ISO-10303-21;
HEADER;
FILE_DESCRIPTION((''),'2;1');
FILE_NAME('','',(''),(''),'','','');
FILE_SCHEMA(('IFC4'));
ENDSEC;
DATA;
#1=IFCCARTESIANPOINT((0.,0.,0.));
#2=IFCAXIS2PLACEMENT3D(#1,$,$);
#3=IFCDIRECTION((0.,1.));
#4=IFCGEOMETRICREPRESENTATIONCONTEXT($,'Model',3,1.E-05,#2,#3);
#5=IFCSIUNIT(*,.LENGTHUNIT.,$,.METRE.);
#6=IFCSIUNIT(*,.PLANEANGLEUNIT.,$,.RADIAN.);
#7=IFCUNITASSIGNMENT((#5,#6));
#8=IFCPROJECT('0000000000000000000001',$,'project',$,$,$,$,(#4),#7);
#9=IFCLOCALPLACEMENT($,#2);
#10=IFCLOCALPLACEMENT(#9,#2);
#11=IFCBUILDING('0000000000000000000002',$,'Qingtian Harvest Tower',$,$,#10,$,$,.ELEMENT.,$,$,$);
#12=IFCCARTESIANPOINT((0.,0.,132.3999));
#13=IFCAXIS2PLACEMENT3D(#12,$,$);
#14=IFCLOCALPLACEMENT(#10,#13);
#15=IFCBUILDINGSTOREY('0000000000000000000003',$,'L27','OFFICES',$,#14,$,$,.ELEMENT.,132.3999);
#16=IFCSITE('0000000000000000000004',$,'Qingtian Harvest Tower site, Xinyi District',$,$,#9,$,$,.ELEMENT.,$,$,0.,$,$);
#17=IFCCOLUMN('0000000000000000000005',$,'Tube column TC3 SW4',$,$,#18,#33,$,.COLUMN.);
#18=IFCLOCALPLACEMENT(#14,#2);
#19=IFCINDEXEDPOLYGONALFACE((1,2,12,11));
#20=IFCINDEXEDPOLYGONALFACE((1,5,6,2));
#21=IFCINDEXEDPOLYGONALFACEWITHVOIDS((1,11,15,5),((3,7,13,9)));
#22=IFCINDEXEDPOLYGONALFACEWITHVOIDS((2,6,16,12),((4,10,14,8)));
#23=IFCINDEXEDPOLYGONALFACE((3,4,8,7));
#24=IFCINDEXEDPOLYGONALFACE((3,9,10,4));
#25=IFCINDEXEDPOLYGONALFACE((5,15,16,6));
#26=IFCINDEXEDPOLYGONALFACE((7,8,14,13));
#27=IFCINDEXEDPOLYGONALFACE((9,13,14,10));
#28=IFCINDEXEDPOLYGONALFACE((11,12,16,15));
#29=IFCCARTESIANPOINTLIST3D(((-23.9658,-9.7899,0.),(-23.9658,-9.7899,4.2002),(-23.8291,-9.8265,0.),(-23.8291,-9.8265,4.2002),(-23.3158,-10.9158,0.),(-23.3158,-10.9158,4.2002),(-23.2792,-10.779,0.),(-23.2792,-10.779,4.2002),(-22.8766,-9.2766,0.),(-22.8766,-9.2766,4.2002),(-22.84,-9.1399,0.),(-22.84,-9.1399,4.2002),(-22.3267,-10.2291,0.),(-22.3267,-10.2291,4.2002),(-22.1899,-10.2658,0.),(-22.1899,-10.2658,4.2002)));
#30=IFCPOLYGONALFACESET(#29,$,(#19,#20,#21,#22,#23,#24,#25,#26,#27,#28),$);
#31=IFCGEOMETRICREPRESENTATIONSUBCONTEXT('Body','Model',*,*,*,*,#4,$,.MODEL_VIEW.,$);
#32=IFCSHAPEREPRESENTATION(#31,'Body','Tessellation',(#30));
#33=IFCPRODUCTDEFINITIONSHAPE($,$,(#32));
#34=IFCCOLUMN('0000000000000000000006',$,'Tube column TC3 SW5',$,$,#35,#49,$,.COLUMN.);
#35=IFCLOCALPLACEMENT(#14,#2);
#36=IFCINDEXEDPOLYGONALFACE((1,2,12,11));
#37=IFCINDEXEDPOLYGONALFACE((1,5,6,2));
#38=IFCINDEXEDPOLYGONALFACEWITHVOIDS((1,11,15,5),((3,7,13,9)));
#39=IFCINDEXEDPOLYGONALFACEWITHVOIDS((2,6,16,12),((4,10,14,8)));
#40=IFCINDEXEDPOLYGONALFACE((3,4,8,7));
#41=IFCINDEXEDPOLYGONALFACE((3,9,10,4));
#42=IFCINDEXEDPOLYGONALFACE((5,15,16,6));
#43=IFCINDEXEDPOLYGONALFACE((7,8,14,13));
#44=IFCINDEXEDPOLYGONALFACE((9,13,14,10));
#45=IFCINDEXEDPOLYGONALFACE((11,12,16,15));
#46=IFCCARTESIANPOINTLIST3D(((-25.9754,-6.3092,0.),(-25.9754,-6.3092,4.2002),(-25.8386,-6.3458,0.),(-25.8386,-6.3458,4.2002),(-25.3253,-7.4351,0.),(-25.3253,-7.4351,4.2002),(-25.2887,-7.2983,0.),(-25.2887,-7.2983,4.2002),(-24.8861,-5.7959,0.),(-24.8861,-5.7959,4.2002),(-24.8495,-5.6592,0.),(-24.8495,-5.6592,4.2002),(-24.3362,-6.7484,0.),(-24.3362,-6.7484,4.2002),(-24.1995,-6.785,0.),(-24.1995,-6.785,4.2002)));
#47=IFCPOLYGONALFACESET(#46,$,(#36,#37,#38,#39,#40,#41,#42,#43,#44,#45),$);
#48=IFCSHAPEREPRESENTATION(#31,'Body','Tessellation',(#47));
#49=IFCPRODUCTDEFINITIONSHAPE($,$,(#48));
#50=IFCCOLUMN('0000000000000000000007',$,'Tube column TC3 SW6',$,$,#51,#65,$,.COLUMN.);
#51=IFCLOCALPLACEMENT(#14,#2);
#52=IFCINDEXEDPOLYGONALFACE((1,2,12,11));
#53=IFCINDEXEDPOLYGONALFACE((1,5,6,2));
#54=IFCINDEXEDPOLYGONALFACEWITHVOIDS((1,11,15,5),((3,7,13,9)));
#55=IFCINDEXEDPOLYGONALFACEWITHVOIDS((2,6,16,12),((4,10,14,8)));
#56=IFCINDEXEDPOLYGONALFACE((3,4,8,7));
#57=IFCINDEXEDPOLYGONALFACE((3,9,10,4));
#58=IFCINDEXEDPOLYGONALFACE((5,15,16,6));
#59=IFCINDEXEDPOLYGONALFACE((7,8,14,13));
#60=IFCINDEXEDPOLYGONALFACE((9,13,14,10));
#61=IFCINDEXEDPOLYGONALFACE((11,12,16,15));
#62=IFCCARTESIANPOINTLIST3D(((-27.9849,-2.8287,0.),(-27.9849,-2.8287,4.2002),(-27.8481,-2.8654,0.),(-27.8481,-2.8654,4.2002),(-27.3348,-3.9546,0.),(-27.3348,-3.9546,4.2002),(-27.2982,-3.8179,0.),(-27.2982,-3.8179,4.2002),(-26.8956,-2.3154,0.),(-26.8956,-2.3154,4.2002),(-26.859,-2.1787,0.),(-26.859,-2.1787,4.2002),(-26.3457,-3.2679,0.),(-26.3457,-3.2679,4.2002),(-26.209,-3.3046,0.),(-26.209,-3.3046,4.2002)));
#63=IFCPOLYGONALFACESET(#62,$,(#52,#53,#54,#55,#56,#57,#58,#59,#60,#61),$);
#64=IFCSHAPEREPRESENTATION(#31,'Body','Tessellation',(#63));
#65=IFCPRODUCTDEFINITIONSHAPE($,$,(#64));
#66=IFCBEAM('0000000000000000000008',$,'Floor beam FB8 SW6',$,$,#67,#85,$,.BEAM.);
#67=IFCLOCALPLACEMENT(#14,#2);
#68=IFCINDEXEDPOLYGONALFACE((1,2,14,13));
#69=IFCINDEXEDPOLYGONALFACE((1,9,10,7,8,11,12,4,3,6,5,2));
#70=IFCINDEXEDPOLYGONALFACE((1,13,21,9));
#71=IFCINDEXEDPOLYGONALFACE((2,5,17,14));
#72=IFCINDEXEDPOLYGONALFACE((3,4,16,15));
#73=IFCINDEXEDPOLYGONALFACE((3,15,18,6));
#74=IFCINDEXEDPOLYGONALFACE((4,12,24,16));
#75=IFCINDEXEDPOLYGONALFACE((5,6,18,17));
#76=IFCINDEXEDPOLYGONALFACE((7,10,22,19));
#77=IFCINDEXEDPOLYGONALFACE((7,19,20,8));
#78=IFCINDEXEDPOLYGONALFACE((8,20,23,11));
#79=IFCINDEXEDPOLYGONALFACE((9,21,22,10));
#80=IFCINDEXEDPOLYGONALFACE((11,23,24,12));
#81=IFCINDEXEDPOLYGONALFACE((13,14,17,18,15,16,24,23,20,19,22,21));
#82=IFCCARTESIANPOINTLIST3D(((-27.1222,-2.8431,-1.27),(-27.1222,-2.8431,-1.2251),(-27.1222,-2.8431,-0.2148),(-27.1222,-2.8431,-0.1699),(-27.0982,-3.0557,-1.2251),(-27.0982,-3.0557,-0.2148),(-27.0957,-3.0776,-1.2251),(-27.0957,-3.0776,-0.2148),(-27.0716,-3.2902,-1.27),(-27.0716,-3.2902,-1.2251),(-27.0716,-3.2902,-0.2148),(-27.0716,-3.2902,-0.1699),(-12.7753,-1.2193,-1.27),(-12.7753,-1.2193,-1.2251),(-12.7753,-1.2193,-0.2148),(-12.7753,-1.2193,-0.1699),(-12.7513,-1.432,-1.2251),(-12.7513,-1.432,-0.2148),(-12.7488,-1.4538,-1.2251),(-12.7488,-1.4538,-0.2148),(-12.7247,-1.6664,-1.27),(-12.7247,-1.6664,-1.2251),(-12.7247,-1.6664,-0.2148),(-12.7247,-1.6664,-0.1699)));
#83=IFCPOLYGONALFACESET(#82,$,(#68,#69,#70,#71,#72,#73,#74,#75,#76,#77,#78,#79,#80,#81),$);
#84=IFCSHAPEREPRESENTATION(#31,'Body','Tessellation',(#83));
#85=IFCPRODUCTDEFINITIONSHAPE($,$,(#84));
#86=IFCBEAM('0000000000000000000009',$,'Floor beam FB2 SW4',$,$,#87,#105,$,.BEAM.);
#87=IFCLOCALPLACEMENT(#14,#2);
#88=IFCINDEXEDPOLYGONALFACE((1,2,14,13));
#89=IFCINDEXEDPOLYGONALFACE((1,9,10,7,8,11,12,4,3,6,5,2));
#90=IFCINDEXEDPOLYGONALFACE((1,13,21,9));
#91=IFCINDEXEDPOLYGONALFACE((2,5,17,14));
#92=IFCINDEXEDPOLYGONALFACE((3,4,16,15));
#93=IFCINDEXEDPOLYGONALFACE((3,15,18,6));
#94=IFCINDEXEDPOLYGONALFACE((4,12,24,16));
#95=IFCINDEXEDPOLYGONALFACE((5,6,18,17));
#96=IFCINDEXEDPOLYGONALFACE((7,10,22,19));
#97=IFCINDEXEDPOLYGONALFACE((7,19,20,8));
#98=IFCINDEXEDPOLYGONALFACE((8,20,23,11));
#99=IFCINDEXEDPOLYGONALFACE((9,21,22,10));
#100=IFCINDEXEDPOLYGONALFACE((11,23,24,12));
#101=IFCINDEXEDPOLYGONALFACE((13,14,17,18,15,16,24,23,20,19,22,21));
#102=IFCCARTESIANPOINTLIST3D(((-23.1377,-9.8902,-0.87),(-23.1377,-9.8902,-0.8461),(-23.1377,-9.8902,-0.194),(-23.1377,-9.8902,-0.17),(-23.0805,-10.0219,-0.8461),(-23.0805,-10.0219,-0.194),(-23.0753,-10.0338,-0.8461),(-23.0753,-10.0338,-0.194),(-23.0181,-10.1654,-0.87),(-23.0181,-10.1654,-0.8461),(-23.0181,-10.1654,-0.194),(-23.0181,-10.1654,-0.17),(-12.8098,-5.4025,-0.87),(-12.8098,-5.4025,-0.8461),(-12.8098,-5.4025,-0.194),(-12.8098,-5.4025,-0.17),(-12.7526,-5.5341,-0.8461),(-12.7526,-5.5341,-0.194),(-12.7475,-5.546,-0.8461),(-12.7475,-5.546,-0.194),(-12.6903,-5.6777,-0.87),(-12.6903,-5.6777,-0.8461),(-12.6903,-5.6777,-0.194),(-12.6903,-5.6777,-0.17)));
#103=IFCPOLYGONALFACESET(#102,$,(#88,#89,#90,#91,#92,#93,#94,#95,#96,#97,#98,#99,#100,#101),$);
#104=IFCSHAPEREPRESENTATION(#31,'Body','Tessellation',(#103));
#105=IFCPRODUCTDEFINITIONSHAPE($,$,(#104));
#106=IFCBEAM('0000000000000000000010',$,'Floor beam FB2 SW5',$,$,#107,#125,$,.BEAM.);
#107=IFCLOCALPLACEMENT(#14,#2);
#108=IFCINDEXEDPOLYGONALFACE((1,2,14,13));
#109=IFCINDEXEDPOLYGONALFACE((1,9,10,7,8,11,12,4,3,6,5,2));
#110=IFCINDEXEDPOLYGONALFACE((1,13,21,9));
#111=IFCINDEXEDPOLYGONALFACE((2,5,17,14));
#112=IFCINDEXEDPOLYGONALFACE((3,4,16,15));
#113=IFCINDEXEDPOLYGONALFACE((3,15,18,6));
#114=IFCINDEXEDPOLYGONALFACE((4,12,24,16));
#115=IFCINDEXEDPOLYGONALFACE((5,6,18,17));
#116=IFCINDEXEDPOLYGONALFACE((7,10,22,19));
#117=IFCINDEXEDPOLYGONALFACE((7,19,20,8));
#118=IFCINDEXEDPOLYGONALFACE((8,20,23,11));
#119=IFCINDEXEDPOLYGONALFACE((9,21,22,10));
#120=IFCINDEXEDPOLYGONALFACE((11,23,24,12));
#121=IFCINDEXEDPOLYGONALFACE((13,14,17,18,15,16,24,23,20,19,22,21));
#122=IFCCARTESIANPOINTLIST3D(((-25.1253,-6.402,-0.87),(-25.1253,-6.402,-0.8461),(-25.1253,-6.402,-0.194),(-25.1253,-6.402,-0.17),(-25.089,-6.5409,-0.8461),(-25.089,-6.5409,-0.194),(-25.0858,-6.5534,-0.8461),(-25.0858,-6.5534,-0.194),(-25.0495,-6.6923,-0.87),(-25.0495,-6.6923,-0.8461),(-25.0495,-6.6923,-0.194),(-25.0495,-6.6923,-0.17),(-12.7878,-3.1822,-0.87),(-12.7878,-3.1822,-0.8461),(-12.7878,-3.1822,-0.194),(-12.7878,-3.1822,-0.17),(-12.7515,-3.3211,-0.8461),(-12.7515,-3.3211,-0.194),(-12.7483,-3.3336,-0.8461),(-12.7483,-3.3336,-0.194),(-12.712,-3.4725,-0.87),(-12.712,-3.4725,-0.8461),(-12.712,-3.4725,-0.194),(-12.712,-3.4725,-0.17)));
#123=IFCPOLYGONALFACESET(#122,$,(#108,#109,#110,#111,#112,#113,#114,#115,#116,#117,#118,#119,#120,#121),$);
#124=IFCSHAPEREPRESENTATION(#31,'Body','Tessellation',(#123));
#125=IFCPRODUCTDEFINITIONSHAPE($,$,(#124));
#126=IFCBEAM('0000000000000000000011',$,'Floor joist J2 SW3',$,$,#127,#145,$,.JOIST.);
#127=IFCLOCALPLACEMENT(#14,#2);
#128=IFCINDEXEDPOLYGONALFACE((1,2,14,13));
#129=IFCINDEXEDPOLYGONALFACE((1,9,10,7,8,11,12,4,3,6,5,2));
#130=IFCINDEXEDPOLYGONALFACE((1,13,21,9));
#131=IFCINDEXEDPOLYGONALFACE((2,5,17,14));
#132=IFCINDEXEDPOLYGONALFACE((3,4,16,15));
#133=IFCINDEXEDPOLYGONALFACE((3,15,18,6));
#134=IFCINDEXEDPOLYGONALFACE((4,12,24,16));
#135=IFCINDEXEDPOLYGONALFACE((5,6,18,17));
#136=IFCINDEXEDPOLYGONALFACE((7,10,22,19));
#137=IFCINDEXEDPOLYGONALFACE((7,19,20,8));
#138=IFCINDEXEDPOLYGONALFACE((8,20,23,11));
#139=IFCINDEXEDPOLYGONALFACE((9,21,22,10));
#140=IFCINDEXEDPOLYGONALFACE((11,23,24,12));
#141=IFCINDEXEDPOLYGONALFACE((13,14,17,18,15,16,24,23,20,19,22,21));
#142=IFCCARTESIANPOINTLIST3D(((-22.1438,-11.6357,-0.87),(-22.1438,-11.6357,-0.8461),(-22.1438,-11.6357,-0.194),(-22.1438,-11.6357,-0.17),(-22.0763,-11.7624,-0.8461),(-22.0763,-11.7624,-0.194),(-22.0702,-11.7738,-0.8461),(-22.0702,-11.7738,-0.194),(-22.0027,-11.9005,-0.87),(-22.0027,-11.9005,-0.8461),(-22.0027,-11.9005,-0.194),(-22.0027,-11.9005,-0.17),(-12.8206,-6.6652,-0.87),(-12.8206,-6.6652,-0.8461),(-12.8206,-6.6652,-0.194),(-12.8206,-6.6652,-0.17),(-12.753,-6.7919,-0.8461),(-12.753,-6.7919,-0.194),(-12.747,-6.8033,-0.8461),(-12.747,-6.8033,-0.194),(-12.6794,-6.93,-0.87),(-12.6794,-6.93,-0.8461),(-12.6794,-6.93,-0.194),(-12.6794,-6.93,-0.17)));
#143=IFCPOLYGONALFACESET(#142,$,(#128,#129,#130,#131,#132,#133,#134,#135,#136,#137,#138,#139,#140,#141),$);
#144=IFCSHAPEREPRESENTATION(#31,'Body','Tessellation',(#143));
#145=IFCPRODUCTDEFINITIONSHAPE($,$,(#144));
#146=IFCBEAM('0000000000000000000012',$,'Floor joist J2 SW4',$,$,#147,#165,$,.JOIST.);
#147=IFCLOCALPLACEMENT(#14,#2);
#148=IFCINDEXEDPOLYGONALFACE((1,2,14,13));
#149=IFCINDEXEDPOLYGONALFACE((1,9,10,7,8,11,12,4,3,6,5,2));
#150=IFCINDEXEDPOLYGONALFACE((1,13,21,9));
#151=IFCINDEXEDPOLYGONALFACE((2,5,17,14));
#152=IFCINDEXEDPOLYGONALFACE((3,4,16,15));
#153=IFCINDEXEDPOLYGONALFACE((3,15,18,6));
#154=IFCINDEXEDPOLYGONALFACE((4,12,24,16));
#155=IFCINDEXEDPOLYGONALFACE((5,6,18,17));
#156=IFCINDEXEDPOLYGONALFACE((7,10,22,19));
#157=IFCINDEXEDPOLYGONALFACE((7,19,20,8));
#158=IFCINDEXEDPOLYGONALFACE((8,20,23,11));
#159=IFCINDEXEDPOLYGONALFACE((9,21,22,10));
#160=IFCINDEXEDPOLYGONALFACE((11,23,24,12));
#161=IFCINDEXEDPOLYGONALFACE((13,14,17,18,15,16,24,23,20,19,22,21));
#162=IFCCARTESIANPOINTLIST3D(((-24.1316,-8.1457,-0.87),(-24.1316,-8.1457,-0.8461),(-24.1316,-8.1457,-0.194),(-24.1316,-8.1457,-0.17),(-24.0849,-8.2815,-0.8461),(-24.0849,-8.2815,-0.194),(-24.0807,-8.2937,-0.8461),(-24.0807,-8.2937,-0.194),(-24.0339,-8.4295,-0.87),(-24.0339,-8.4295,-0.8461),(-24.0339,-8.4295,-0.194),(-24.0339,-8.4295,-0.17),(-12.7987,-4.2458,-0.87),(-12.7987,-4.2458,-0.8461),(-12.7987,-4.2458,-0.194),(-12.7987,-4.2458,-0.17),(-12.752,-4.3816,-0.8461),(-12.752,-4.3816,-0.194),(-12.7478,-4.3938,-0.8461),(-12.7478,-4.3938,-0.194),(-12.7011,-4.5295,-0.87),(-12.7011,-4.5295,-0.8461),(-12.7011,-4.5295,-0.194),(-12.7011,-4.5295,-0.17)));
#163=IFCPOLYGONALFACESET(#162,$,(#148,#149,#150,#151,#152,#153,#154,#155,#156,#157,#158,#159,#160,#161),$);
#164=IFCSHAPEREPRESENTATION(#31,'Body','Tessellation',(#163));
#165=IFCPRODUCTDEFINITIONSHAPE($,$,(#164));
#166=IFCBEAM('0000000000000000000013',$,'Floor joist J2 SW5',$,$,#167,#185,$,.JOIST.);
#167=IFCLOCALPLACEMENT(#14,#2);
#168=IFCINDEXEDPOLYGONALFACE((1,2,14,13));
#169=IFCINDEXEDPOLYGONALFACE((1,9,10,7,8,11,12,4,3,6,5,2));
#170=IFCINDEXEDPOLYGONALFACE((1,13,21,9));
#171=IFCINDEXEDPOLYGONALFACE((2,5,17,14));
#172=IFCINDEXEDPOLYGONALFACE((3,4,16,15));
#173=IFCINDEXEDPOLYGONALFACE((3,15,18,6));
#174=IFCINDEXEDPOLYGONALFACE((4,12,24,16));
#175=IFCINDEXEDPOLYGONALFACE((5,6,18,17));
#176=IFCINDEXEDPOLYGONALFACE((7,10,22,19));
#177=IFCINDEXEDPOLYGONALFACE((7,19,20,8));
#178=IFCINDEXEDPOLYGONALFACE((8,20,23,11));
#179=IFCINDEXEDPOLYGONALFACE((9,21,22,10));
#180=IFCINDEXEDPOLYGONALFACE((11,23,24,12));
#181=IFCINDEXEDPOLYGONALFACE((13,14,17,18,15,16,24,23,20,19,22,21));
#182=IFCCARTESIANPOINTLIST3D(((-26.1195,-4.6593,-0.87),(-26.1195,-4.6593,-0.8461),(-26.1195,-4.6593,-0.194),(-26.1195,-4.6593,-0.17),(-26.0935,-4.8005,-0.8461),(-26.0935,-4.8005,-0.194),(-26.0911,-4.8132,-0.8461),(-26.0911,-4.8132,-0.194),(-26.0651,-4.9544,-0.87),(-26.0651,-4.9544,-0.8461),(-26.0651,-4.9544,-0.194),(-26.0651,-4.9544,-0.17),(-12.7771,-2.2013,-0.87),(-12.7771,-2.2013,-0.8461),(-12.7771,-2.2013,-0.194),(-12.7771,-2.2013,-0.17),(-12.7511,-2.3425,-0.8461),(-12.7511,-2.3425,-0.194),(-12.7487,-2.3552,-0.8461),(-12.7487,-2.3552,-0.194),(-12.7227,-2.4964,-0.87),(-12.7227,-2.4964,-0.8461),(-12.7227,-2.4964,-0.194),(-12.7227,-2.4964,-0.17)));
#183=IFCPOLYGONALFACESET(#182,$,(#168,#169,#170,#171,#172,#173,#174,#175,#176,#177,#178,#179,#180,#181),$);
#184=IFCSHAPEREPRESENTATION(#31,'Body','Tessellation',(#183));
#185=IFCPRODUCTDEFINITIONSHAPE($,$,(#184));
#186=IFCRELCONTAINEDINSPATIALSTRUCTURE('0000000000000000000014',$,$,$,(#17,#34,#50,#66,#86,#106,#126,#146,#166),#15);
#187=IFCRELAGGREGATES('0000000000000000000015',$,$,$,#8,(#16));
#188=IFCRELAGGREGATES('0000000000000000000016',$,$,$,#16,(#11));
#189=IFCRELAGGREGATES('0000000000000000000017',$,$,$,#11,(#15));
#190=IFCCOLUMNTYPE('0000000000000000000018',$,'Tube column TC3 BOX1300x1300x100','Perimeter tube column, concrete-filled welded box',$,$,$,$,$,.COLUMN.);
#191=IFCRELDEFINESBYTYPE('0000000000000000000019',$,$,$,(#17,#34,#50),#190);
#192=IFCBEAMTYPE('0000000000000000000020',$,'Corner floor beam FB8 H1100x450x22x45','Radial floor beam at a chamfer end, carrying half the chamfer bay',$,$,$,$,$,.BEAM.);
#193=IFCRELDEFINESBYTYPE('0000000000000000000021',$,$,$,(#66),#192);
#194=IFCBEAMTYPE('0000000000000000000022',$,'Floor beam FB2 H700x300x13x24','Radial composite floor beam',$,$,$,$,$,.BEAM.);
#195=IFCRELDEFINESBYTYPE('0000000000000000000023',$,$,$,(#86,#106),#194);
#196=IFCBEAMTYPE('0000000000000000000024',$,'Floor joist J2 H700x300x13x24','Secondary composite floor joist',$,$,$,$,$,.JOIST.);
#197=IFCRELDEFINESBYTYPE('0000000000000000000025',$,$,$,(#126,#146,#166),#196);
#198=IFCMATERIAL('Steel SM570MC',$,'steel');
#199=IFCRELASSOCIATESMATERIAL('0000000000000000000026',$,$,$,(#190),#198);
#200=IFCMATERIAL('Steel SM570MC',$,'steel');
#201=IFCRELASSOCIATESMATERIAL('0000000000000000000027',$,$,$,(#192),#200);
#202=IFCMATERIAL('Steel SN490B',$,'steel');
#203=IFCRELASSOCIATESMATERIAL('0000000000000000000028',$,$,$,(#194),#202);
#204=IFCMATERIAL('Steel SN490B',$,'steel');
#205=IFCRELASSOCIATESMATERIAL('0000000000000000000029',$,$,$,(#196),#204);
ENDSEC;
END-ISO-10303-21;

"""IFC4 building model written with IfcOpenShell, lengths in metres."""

from ifc_helpers import new_model, si_unit, direction, frame, origin, origin_2d, place, context, subcontext, project, spatial, hollow_rectangle, i_section, extrude, material, material_profile, profile_set, type_object, element, save


model = new_model("IFC4")

# Units and contexts
model_context = context("Model", 3, precision=1e-05, world=origin(), true_north=direction((0.0, 1.0)))
body_context = subcontext(model_context, "Body", "Model", "MODEL_VIEW")
ifc_project = project(units=[si_unit("LENGTHUNIT", "METRE"), si_unit("PLANEANGLEUNIT", "RADIAN")], contexts=[model_context])

# Site, building, storey
site_placement = place(None, origin())
site = spatial("IfcSite", under=ifc_project, at=site_placement, Name="Qingtian Harvest Tower site, Xinyi District", CompositionType="ELEMENT", RefElevation=0.0)
building_placement = place(site_placement, origin())
building = spatial("IfcBuilding", under=site, at=building_placement, Name="Qingtian Harvest Tower", CompositionType="ELEMENT")
storey_placement = place(building_placement, frame((0.0, 0.0, 132.3999)))
storey = spatial("IfcBuildingStorey", under=building, at=storey_placement, Name="L27", Description="OFFICES", CompositionType="ELEMENT", Elevation=132.3999)

# Columns
ifc_material_1 = material(Name="Steel SM570MC", Category="steel")
ifc_material_profile_1 = material_profile(ifc_material_1, hollow_rectangle(XDim=1.3, YDim=1.3, WallThickness=0.1001, at=origin_2d()), Name="BOX1300x1300x100")
ifc_profile_set_1 = profile_set([ifc_material_profile_1], Name="Steel SM570MC")
column_type = type_object("IfcColumnType", Name="Tube column TC3 BOX1300x1300x100", Description="Perimeter tube column, concrete-filled welded box", PredefinedType="COLUMN", material=ifc_profile_set_1)
for number, where, z_axis, x_axis, name in (
    (1, (-23.0779, -10.0278, 0.0), (0.0, 0.0, 1.0), (0.5, -0.866025, 0.0), "Tube column TC3 SW4"),
    (2, (-25.0874, -6.5471, 0.0), (0.0, 0.0, 1.0), (0.5, -0.866025, 0.0), "Tube column TC3 SW5"),
    (3, (-27.0969, -3.0667, 0.0), (0.0, 0.0, 1.0), (0.5, -0.866025, 0.0), "Tube column TC3 SW6"),
):
    element("IfcColumn", number, at=place(storey_placement, frame(where, z_axis=z_axis, x_axis=x_axis)), inside=storey, type_object=column_type, Name=name, PredefinedType="COLUMN", context=body_context, shape_type="SweptSolid", body=[
        extrude(hollow_rectangle(XDim=1.3, YDim=1.3, WallThickness=0.1001, at=origin_2d()), origin(), (0.0, 0.0, 1.0), 4.2002),
    ])

# Beams
ifc_material_2 = material(Name="Steel SM570MC", Category="steel")
ifc_material_profile_2 = material_profile(ifc_material_2, i_section(OverallWidth=0.45, OverallDepth=1.1001, WebThickness=0.022, FlangeThickness=0.0449, at=origin_2d()), Name="H1100x450x22x45")
ifc_profile_set_2 = profile_set([ifc_material_profile_2], Name="Steel SM570MC")
beam_type_1 = type_object("IfcBeamType", Name="Corner floor beam FB8 H1100x450x22x45", Description="Radial floor beam at a chamfer end, carrying half the chamfer bay", PredefinedType="BEAM", material=ifc_profile_set_2)
beam_1_placement = place(storey_placement, frame((-27.0969, -3.0667, -0.72), z_axis=(0.993656, 0.112462, 0.0), x_axis=(-0.112462, 0.993656, 0.0)))
element("IfcBeam", 4, at=beam_1_placement, inside=storey, type_object=beam_type_1, Name="Floor beam FB8 SW6", PredefinedType="BEAM", context=body_context, shape_type="SweptSolid", body=[
    extrude(i_section(OverallWidth=0.45, OverallDepth=1.1001, WebThickness=0.022, FlangeThickness=0.0449, at=origin_2d()), origin(), (0.0, 0.0, 1.0), 14.4385),
])
ifc_material_3 = material(Name="Steel SN490B", Category="steel")
ifc_material_profile_3 = material_profile(ifc_material_3, i_section(OverallWidth=0.3, OverallDepth=0.7, WebThickness=0.0129, FlangeThickness=0.0239, at=origin_2d()), Name="H700x300x13x24")
ifc_profile_set_3 = profile_set([ifc_material_profile_3], Name="Steel SN490B")
beam_type_2 = type_object("IfcBeamType", Name="Floor beam FB2 H700x300x13x24", Description="Radial composite floor beam", PredefinedType="BEAM", material=ifc_profile_set_3)
beam_2_placement = place(storey_placement, frame((-23.0779, -10.0278, -0.52), z_axis=(0.917154, 0.398533, 0.0), x_axis=(-0.398533, 0.917154, 0.0)))
element("IfcBeam", 5, at=beam_2_placement, inside=storey, type_object=beam_type_2, Name="Floor beam FB2 SW4", PredefinedType="BEAM", context=body_context, shape_type="SweptSolid", body=[
    extrude(i_section(OverallWidth=0.3, OverallDepth=0.7, WebThickness=0.0129, FlangeThickness=0.0239, at=origin_2d()), origin(), (0.0, 0.0, 1.0), 11.2607),
])
beam_3_placement = place(storey_placement, frame((-25.0874, -6.5471, -0.52), z_axis=(0.967593, 0.252515, 0.0), x_axis=(-0.252515, 0.967593, 0.0)))
element("IfcBeam", 6, at=beam_3_placement, inside=storey, type_object=beam_type_2, Name="Floor beam FB2 SW5", PredefinedType="BEAM", context=body_context, shape_type="SweptSolid", body=[
    extrude(i_section(OverallWidth=0.3, OverallDepth=0.7, WebThickness=0.0129, FlangeThickness=0.0239, at=origin_2d()), origin(), (0.0, 0.0, 1.0), 12.7507),
])
ifc_material_4 = material(Name="Steel SN490B", Category="steel")
ifc_material_profile_4 = material_profile(ifc_material_4, i_section(OverallWidth=0.3, OverallDepth=0.7, WebThickness=0.0129, FlangeThickness=0.0239, at=origin_2d()), Name="H700x300x13x24")
ifc_profile_set_4 = profile_set([ifc_material_profile_4], Name="Steel SN490B")
beam_type_3 = type_object("IfcBeamType", Name="Floor joist J2 H700x300x13x24", Description="Secondary composite floor joist", PredefinedType="JOIST", material=ifc_profile_set_4)
beam_4_placement = place(storey_placement, frame((-22.0732, -11.7681, -0.52), z_axis=(0.882429, 0.470446, 0.0), x_axis=(-0.470446, 0.882429, 0.0)))
element("IfcBeam", 7, at=beam_4_placement, inside=storey, type_object=beam_type_3, Name="Floor joist J2 SW3", PredefinedType="JOIST", context=body_context, shape_type="SweptSolid", body=[
    extrude(i_section(OverallWidth=0.3, OverallDepth=0.7, WebThickness=0.0129, FlangeThickness=0.0239, at=origin_2d()), origin(), (0.0, 0.0, 1.0), 10.5654),
])
beam_5_placement = place(storey_placement, frame((-24.0828, -8.2876, -0.52), z_axis=(0.945577, 0.325398, 0.0), x_axis=(-0.325398, 0.945577, 0.0)))
element("IfcBeam", 8, at=beam_5_placement, inside=storey, type_object=beam_type_3, Name="Floor joist J2 SW4", PredefinedType="JOIST", context=body_context, shape_type="SweptSolid", body=[
    extrude(i_section(OverallWidth=0.3, OverallDepth=0.7, WebThickness=0.0129, FlangeThickness=0.0239, at=origin_2d()), origin(), (0.0, 0.0, 1.0), 11.9851),
])
beam_6_placement = place(storey_placement, frame((-26.0923, -4.8069, -0.52), z_axis=(0.98345, 0.181178, 0.0), x_axis=(-0.181178, 0.98345, 0.0)))
element("IfcBeam", 9, at=beam_6_placement, inside=storey, type_object=beam_type_3, Name="Floor joist J2 SW5", PredefinedType="JOIST", context=body_context, shape_type="SweptSolid", body=[
    extrude(i_section(OverallWidth=0.3, OverallDepth=0.7, WebThickness=0.0129, FlangeThickness=0.0239, at=origin_2d()), origin(), (0.0, 0.0, 1.0), 13.5669),
])

save(model, "model.ifc")
